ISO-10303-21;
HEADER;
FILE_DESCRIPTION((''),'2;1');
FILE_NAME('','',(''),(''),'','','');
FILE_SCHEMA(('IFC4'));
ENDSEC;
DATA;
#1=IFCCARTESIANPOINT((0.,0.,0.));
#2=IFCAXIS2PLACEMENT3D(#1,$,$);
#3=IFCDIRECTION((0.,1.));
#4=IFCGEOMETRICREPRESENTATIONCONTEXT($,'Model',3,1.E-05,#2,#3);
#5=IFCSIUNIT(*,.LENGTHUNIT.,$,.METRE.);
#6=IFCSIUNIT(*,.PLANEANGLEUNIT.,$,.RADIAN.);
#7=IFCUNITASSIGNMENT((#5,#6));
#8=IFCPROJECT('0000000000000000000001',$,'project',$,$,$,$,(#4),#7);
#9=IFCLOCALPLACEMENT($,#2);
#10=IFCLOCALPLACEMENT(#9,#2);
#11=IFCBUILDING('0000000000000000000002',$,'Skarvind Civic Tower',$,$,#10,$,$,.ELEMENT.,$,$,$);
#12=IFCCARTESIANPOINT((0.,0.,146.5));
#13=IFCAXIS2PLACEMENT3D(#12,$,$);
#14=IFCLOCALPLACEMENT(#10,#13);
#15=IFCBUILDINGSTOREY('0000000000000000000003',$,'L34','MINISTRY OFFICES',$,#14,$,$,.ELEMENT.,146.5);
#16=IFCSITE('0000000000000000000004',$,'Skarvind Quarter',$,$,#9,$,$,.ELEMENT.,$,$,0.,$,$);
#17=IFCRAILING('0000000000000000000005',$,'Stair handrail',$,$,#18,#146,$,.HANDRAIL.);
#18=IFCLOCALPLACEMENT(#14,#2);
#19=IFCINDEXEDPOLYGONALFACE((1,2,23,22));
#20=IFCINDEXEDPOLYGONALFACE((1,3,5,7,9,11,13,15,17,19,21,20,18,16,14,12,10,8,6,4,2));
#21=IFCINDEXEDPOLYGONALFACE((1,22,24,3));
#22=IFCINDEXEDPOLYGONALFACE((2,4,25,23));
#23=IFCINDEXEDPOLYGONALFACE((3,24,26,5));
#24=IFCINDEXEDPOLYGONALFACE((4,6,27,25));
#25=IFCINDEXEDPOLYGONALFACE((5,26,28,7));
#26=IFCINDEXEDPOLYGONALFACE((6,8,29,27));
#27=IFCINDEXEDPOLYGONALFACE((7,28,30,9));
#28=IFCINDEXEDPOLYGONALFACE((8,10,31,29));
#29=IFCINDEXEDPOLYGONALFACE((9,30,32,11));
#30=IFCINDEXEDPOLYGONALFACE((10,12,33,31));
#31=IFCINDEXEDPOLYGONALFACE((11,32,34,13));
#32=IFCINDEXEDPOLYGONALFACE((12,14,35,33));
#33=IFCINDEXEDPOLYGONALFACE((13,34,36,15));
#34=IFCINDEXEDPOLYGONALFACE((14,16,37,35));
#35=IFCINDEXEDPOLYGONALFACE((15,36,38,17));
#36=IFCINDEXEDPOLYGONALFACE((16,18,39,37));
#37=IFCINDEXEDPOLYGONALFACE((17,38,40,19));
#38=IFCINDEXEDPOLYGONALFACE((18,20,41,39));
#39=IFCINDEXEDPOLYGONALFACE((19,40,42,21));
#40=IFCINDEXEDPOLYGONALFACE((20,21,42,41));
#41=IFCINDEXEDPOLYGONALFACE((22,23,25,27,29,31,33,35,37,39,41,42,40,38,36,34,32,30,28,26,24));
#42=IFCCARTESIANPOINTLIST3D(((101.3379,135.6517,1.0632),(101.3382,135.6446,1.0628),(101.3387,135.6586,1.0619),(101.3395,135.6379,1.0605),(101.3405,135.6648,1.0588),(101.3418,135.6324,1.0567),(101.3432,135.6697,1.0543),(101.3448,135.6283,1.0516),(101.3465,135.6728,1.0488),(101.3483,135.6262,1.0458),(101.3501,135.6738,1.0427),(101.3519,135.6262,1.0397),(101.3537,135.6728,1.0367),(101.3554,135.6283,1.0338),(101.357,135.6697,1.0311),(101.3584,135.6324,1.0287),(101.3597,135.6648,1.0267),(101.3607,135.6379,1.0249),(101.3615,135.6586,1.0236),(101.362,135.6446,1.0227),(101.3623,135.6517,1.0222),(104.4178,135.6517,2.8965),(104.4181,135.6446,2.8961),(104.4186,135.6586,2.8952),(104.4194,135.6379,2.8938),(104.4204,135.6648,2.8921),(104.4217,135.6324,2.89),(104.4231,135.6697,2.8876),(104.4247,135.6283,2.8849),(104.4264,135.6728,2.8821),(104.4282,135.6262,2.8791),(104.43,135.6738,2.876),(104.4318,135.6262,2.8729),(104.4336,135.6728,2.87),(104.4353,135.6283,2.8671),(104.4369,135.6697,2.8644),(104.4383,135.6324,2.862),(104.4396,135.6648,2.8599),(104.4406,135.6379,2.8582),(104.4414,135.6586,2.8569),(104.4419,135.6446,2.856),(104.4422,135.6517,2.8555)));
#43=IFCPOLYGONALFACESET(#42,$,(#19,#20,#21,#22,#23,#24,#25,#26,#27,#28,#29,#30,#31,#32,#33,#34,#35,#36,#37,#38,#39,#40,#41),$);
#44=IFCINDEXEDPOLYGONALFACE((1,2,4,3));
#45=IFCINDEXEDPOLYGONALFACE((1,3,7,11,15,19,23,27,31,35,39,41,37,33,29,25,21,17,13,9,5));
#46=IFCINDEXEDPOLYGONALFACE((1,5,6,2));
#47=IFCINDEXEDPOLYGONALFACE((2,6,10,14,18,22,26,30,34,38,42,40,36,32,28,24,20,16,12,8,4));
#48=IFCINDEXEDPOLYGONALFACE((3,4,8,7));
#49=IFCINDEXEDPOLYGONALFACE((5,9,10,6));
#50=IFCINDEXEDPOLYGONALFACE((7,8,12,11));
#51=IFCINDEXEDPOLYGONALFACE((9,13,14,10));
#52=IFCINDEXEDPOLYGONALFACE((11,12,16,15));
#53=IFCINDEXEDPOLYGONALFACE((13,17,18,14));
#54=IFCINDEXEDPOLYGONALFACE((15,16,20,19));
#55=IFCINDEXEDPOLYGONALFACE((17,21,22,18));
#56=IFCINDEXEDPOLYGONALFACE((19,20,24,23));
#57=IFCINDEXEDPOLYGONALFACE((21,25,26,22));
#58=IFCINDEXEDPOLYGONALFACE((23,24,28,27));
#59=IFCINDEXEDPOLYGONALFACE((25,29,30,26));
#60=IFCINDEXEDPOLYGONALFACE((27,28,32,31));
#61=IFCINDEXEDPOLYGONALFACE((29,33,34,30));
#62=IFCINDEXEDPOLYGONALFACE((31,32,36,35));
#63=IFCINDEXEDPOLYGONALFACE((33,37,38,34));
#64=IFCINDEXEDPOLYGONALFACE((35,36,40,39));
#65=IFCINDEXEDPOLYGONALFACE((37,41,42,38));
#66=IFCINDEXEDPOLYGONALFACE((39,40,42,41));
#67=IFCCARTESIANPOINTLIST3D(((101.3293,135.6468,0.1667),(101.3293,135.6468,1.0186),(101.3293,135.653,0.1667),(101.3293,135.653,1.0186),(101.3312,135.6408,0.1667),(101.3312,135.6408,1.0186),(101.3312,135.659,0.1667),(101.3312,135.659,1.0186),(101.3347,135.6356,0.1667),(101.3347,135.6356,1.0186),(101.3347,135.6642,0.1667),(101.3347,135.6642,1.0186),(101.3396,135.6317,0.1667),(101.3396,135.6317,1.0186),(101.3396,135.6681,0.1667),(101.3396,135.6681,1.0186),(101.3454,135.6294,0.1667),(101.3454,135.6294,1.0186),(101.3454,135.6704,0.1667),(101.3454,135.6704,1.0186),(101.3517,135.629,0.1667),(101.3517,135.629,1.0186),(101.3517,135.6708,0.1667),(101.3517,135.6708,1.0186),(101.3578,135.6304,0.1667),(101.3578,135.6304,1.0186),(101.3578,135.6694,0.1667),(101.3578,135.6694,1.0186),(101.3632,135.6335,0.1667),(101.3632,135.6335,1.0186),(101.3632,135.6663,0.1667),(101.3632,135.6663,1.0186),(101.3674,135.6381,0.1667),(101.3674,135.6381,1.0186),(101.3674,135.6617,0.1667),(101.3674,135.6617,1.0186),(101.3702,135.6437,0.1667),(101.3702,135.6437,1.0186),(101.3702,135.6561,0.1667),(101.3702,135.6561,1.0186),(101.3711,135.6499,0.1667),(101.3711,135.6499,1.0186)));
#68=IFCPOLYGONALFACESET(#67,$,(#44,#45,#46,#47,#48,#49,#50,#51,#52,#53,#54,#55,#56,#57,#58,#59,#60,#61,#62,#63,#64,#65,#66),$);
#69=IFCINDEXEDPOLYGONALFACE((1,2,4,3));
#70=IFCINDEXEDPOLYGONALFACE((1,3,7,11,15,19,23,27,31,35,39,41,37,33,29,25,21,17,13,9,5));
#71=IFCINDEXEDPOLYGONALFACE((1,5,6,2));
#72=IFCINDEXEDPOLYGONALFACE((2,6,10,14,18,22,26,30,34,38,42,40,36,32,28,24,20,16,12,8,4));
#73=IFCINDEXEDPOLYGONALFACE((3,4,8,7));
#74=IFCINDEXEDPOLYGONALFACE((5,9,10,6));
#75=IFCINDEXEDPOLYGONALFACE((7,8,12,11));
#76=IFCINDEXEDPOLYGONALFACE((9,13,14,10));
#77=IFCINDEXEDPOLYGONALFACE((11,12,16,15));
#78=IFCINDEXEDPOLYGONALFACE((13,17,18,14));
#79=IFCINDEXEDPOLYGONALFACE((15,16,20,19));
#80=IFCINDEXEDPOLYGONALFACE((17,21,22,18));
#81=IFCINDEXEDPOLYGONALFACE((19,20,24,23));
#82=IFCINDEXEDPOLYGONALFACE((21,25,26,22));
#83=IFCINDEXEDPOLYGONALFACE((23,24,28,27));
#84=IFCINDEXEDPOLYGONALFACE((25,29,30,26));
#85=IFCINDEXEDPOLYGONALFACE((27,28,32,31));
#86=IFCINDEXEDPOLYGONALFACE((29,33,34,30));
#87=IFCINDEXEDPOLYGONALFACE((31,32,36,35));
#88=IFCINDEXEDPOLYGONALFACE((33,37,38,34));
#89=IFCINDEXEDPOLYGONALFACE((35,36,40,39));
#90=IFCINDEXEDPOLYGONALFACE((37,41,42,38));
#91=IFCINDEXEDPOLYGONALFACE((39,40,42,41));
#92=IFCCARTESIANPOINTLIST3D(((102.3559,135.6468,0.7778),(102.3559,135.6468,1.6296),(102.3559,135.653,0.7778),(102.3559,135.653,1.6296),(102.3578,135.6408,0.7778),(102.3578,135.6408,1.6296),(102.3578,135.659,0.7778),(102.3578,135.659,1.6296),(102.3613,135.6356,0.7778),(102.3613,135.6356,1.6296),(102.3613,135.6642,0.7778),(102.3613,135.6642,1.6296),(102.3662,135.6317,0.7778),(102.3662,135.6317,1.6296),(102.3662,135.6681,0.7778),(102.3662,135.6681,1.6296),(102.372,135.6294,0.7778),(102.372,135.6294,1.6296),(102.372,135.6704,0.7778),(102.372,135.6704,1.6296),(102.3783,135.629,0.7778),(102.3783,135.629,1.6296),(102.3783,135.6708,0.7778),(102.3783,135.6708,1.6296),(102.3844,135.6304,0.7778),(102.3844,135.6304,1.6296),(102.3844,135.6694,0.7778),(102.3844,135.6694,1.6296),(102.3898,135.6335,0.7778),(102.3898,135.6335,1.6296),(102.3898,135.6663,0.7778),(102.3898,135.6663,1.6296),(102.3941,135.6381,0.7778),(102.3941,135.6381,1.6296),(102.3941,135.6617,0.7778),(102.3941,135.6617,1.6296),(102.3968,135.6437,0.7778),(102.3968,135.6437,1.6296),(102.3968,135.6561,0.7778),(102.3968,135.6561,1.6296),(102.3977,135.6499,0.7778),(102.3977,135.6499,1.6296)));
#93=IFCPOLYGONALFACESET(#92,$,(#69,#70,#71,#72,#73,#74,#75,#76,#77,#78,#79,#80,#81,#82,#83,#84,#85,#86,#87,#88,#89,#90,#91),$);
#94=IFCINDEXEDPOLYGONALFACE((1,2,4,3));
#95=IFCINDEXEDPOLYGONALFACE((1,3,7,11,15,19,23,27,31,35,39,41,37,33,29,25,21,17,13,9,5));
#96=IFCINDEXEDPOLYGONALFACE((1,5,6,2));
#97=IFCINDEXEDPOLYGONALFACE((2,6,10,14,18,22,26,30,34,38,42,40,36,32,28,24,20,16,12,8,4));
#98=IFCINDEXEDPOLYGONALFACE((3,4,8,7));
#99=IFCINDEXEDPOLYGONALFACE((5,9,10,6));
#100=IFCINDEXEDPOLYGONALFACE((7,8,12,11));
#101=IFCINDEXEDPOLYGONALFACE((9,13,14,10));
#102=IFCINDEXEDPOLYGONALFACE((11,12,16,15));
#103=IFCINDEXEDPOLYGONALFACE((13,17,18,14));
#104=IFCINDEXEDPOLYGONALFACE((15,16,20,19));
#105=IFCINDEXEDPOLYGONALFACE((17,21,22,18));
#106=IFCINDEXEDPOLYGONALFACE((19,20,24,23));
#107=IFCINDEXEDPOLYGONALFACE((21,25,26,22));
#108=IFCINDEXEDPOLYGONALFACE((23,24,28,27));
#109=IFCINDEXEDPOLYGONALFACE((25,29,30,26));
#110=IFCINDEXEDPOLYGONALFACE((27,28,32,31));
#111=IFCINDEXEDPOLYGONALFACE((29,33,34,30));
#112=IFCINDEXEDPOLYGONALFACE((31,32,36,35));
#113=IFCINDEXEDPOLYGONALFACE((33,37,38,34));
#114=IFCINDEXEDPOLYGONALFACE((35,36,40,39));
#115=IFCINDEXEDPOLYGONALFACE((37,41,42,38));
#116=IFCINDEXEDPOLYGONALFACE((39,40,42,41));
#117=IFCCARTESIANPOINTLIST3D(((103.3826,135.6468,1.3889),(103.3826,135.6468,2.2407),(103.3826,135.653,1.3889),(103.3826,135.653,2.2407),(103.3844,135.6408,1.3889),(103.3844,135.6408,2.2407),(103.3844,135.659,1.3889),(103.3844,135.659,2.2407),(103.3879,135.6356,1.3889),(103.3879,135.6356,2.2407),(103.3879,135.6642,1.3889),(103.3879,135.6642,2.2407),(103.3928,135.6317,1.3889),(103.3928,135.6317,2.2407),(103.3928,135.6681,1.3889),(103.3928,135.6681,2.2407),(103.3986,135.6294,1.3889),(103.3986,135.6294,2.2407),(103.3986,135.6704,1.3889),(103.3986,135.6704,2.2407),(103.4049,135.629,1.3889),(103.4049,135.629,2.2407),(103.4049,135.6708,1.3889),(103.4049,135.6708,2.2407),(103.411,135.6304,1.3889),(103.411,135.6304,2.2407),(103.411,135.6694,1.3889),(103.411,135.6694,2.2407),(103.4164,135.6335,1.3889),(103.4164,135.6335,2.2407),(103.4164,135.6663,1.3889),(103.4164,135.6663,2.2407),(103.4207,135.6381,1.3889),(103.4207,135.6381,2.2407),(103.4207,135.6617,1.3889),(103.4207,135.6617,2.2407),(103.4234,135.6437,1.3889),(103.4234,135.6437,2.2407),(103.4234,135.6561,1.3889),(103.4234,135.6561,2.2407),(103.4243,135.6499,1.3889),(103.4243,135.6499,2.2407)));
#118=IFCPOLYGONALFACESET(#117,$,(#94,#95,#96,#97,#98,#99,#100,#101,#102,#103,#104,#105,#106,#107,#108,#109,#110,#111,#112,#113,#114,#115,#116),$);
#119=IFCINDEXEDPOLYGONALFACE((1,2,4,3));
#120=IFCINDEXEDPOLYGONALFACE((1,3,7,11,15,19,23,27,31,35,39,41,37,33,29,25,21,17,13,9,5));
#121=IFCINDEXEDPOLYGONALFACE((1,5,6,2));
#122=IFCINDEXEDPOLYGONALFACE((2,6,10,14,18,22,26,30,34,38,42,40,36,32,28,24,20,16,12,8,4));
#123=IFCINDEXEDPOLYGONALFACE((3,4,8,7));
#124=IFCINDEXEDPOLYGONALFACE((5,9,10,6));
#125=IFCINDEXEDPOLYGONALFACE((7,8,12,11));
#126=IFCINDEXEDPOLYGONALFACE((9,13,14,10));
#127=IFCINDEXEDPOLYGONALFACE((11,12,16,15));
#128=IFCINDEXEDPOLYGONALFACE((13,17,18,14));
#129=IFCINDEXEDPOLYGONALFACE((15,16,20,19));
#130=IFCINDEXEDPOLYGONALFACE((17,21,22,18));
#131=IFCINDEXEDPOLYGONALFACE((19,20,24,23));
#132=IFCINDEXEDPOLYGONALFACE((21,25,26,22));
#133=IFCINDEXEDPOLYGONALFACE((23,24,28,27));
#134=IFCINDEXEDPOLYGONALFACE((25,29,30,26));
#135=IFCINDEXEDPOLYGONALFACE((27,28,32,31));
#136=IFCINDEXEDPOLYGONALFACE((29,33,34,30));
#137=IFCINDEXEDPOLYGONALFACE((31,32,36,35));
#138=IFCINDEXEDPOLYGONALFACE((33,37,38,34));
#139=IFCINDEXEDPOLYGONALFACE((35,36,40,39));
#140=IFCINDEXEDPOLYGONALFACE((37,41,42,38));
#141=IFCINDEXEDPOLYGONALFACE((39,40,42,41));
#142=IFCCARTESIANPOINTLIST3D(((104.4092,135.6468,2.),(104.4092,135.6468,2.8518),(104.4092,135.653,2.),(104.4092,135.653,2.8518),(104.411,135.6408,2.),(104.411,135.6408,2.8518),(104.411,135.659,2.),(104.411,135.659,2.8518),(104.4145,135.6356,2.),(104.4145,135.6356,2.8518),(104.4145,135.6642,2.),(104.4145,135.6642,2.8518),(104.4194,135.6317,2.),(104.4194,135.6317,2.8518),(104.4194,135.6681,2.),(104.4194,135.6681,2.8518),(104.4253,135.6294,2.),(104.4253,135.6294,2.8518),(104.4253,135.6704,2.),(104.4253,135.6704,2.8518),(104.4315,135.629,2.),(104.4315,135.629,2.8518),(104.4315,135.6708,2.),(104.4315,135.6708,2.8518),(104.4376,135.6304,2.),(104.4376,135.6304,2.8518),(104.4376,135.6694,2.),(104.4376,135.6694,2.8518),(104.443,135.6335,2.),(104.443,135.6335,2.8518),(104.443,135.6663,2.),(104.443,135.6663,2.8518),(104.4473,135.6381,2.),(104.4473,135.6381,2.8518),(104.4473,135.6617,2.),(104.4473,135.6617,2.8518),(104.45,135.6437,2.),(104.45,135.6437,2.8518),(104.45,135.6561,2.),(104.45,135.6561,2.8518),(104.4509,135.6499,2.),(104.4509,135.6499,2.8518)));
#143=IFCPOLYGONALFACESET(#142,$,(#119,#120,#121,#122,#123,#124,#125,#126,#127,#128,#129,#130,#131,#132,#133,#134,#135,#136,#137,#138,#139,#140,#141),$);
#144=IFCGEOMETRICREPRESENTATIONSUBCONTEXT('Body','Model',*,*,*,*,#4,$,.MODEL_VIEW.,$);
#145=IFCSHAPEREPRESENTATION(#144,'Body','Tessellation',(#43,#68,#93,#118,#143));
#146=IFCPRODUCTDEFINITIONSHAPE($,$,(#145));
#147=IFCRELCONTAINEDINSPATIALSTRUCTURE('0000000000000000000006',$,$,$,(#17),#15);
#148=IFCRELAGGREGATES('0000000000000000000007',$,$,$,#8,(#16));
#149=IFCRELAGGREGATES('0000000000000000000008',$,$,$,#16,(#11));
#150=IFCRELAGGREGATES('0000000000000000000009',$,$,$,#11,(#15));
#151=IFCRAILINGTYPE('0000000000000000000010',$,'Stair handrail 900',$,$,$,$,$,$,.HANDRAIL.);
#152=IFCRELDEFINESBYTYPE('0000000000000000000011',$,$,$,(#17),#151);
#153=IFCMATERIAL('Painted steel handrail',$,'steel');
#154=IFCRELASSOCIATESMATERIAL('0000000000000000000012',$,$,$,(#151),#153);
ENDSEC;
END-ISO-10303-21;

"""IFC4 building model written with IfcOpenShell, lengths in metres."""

from ifc_helpers import new_model, si_unit, direction, frame, origin, origin_2d, place, context, subcontext, project, spatial, circle, extrude, material, type_object, element, save


model = new_model("IFC4")

# Units and contexts
model_context = context("Model", 3, precision=1e-05, world=origin(), true_north=direction((0.0, 1.0)))
body_context = subcontext(model_context, "Body", "Model", "MODEL_VIEW")
ifc_project = project(units=[si_unit("LENGTHUNIT", "METRE"), si_unit("PLANEANGLEUNIT", "RADIAN")], contexts=[model_context])

# Site, building, storey
site_placement = place(None, origin())
site = spatial("IfcSite", under=ifc_project, at=site_placement, Name="Skarvind Quarter", CompositionType="ELEMENT", RefElevation=0.0)
building_placement = place(site_placement, origin())
building = spatial("IfcBuilding", under=site, at=building_placement, Name="Skarvind Civic Tower", CompositionType="ELEMENT")
storey_placement = place(building_placement, frame((0.0, 0.0, 146.5)))
storey = spatial("IfcBuildingStorey", under=building, at=storey_placement, Name="L34", Description="MINISTRY OFFICES", CompositionType="ELEMENT", Elevation=146.5)

# Railing
ifc_material_1 = material(Name="Painted steel handrail", Category="steel")
railing_type = type_object("IfcRailingType", Name="Stair handrail 900", PredefinedType="HANDRAIL", material=ifc_material_1)
railing_1_placement = place(storey_placement, frame((101.3501, 135.6499, 0.1667)))
element("IfcRailing", 1, at=railing_1_placement, inside=storey, type_object=railing_type, Name="Stair handrail", PredefinedType="HANDRAIL", context=body_context, shape_type="SweptSolid", body=[
    extrude(circle(Radius=0.0239, at=origin_2d()), frame((0.0, 0.0, 0.876), z_axis=(0.859291, 0.0, 0.511487), x_axis=(0.0, 1.0, 0.0)), (0.0, 0.0, 1.0), 3.5842),
    extrude(circle(Radius=0.021, at=origin_2d()), origin(), (0.0, 0.0, 1.0), 0.8518),
    extrude(circle(Radius=0.021, at=origin_2d()), frame((1.0266, 0.0, 0.6111)), (0.0, 0.0, 1.0), 0.8518),
    extrude(circle(Radius=0.021, at=origin_2d()), frame((2.0532, 0.0, 1.2222)), (0.0, 0.0, 1.0), 0.8518),
    extrude(circle(Radius=0.021, at=origin_2d()), frame((3.0798, 0.0, 1.8333)), (0.0, 0.0, 1.0), 0.8518),
])

save(model, "model.ifc")
